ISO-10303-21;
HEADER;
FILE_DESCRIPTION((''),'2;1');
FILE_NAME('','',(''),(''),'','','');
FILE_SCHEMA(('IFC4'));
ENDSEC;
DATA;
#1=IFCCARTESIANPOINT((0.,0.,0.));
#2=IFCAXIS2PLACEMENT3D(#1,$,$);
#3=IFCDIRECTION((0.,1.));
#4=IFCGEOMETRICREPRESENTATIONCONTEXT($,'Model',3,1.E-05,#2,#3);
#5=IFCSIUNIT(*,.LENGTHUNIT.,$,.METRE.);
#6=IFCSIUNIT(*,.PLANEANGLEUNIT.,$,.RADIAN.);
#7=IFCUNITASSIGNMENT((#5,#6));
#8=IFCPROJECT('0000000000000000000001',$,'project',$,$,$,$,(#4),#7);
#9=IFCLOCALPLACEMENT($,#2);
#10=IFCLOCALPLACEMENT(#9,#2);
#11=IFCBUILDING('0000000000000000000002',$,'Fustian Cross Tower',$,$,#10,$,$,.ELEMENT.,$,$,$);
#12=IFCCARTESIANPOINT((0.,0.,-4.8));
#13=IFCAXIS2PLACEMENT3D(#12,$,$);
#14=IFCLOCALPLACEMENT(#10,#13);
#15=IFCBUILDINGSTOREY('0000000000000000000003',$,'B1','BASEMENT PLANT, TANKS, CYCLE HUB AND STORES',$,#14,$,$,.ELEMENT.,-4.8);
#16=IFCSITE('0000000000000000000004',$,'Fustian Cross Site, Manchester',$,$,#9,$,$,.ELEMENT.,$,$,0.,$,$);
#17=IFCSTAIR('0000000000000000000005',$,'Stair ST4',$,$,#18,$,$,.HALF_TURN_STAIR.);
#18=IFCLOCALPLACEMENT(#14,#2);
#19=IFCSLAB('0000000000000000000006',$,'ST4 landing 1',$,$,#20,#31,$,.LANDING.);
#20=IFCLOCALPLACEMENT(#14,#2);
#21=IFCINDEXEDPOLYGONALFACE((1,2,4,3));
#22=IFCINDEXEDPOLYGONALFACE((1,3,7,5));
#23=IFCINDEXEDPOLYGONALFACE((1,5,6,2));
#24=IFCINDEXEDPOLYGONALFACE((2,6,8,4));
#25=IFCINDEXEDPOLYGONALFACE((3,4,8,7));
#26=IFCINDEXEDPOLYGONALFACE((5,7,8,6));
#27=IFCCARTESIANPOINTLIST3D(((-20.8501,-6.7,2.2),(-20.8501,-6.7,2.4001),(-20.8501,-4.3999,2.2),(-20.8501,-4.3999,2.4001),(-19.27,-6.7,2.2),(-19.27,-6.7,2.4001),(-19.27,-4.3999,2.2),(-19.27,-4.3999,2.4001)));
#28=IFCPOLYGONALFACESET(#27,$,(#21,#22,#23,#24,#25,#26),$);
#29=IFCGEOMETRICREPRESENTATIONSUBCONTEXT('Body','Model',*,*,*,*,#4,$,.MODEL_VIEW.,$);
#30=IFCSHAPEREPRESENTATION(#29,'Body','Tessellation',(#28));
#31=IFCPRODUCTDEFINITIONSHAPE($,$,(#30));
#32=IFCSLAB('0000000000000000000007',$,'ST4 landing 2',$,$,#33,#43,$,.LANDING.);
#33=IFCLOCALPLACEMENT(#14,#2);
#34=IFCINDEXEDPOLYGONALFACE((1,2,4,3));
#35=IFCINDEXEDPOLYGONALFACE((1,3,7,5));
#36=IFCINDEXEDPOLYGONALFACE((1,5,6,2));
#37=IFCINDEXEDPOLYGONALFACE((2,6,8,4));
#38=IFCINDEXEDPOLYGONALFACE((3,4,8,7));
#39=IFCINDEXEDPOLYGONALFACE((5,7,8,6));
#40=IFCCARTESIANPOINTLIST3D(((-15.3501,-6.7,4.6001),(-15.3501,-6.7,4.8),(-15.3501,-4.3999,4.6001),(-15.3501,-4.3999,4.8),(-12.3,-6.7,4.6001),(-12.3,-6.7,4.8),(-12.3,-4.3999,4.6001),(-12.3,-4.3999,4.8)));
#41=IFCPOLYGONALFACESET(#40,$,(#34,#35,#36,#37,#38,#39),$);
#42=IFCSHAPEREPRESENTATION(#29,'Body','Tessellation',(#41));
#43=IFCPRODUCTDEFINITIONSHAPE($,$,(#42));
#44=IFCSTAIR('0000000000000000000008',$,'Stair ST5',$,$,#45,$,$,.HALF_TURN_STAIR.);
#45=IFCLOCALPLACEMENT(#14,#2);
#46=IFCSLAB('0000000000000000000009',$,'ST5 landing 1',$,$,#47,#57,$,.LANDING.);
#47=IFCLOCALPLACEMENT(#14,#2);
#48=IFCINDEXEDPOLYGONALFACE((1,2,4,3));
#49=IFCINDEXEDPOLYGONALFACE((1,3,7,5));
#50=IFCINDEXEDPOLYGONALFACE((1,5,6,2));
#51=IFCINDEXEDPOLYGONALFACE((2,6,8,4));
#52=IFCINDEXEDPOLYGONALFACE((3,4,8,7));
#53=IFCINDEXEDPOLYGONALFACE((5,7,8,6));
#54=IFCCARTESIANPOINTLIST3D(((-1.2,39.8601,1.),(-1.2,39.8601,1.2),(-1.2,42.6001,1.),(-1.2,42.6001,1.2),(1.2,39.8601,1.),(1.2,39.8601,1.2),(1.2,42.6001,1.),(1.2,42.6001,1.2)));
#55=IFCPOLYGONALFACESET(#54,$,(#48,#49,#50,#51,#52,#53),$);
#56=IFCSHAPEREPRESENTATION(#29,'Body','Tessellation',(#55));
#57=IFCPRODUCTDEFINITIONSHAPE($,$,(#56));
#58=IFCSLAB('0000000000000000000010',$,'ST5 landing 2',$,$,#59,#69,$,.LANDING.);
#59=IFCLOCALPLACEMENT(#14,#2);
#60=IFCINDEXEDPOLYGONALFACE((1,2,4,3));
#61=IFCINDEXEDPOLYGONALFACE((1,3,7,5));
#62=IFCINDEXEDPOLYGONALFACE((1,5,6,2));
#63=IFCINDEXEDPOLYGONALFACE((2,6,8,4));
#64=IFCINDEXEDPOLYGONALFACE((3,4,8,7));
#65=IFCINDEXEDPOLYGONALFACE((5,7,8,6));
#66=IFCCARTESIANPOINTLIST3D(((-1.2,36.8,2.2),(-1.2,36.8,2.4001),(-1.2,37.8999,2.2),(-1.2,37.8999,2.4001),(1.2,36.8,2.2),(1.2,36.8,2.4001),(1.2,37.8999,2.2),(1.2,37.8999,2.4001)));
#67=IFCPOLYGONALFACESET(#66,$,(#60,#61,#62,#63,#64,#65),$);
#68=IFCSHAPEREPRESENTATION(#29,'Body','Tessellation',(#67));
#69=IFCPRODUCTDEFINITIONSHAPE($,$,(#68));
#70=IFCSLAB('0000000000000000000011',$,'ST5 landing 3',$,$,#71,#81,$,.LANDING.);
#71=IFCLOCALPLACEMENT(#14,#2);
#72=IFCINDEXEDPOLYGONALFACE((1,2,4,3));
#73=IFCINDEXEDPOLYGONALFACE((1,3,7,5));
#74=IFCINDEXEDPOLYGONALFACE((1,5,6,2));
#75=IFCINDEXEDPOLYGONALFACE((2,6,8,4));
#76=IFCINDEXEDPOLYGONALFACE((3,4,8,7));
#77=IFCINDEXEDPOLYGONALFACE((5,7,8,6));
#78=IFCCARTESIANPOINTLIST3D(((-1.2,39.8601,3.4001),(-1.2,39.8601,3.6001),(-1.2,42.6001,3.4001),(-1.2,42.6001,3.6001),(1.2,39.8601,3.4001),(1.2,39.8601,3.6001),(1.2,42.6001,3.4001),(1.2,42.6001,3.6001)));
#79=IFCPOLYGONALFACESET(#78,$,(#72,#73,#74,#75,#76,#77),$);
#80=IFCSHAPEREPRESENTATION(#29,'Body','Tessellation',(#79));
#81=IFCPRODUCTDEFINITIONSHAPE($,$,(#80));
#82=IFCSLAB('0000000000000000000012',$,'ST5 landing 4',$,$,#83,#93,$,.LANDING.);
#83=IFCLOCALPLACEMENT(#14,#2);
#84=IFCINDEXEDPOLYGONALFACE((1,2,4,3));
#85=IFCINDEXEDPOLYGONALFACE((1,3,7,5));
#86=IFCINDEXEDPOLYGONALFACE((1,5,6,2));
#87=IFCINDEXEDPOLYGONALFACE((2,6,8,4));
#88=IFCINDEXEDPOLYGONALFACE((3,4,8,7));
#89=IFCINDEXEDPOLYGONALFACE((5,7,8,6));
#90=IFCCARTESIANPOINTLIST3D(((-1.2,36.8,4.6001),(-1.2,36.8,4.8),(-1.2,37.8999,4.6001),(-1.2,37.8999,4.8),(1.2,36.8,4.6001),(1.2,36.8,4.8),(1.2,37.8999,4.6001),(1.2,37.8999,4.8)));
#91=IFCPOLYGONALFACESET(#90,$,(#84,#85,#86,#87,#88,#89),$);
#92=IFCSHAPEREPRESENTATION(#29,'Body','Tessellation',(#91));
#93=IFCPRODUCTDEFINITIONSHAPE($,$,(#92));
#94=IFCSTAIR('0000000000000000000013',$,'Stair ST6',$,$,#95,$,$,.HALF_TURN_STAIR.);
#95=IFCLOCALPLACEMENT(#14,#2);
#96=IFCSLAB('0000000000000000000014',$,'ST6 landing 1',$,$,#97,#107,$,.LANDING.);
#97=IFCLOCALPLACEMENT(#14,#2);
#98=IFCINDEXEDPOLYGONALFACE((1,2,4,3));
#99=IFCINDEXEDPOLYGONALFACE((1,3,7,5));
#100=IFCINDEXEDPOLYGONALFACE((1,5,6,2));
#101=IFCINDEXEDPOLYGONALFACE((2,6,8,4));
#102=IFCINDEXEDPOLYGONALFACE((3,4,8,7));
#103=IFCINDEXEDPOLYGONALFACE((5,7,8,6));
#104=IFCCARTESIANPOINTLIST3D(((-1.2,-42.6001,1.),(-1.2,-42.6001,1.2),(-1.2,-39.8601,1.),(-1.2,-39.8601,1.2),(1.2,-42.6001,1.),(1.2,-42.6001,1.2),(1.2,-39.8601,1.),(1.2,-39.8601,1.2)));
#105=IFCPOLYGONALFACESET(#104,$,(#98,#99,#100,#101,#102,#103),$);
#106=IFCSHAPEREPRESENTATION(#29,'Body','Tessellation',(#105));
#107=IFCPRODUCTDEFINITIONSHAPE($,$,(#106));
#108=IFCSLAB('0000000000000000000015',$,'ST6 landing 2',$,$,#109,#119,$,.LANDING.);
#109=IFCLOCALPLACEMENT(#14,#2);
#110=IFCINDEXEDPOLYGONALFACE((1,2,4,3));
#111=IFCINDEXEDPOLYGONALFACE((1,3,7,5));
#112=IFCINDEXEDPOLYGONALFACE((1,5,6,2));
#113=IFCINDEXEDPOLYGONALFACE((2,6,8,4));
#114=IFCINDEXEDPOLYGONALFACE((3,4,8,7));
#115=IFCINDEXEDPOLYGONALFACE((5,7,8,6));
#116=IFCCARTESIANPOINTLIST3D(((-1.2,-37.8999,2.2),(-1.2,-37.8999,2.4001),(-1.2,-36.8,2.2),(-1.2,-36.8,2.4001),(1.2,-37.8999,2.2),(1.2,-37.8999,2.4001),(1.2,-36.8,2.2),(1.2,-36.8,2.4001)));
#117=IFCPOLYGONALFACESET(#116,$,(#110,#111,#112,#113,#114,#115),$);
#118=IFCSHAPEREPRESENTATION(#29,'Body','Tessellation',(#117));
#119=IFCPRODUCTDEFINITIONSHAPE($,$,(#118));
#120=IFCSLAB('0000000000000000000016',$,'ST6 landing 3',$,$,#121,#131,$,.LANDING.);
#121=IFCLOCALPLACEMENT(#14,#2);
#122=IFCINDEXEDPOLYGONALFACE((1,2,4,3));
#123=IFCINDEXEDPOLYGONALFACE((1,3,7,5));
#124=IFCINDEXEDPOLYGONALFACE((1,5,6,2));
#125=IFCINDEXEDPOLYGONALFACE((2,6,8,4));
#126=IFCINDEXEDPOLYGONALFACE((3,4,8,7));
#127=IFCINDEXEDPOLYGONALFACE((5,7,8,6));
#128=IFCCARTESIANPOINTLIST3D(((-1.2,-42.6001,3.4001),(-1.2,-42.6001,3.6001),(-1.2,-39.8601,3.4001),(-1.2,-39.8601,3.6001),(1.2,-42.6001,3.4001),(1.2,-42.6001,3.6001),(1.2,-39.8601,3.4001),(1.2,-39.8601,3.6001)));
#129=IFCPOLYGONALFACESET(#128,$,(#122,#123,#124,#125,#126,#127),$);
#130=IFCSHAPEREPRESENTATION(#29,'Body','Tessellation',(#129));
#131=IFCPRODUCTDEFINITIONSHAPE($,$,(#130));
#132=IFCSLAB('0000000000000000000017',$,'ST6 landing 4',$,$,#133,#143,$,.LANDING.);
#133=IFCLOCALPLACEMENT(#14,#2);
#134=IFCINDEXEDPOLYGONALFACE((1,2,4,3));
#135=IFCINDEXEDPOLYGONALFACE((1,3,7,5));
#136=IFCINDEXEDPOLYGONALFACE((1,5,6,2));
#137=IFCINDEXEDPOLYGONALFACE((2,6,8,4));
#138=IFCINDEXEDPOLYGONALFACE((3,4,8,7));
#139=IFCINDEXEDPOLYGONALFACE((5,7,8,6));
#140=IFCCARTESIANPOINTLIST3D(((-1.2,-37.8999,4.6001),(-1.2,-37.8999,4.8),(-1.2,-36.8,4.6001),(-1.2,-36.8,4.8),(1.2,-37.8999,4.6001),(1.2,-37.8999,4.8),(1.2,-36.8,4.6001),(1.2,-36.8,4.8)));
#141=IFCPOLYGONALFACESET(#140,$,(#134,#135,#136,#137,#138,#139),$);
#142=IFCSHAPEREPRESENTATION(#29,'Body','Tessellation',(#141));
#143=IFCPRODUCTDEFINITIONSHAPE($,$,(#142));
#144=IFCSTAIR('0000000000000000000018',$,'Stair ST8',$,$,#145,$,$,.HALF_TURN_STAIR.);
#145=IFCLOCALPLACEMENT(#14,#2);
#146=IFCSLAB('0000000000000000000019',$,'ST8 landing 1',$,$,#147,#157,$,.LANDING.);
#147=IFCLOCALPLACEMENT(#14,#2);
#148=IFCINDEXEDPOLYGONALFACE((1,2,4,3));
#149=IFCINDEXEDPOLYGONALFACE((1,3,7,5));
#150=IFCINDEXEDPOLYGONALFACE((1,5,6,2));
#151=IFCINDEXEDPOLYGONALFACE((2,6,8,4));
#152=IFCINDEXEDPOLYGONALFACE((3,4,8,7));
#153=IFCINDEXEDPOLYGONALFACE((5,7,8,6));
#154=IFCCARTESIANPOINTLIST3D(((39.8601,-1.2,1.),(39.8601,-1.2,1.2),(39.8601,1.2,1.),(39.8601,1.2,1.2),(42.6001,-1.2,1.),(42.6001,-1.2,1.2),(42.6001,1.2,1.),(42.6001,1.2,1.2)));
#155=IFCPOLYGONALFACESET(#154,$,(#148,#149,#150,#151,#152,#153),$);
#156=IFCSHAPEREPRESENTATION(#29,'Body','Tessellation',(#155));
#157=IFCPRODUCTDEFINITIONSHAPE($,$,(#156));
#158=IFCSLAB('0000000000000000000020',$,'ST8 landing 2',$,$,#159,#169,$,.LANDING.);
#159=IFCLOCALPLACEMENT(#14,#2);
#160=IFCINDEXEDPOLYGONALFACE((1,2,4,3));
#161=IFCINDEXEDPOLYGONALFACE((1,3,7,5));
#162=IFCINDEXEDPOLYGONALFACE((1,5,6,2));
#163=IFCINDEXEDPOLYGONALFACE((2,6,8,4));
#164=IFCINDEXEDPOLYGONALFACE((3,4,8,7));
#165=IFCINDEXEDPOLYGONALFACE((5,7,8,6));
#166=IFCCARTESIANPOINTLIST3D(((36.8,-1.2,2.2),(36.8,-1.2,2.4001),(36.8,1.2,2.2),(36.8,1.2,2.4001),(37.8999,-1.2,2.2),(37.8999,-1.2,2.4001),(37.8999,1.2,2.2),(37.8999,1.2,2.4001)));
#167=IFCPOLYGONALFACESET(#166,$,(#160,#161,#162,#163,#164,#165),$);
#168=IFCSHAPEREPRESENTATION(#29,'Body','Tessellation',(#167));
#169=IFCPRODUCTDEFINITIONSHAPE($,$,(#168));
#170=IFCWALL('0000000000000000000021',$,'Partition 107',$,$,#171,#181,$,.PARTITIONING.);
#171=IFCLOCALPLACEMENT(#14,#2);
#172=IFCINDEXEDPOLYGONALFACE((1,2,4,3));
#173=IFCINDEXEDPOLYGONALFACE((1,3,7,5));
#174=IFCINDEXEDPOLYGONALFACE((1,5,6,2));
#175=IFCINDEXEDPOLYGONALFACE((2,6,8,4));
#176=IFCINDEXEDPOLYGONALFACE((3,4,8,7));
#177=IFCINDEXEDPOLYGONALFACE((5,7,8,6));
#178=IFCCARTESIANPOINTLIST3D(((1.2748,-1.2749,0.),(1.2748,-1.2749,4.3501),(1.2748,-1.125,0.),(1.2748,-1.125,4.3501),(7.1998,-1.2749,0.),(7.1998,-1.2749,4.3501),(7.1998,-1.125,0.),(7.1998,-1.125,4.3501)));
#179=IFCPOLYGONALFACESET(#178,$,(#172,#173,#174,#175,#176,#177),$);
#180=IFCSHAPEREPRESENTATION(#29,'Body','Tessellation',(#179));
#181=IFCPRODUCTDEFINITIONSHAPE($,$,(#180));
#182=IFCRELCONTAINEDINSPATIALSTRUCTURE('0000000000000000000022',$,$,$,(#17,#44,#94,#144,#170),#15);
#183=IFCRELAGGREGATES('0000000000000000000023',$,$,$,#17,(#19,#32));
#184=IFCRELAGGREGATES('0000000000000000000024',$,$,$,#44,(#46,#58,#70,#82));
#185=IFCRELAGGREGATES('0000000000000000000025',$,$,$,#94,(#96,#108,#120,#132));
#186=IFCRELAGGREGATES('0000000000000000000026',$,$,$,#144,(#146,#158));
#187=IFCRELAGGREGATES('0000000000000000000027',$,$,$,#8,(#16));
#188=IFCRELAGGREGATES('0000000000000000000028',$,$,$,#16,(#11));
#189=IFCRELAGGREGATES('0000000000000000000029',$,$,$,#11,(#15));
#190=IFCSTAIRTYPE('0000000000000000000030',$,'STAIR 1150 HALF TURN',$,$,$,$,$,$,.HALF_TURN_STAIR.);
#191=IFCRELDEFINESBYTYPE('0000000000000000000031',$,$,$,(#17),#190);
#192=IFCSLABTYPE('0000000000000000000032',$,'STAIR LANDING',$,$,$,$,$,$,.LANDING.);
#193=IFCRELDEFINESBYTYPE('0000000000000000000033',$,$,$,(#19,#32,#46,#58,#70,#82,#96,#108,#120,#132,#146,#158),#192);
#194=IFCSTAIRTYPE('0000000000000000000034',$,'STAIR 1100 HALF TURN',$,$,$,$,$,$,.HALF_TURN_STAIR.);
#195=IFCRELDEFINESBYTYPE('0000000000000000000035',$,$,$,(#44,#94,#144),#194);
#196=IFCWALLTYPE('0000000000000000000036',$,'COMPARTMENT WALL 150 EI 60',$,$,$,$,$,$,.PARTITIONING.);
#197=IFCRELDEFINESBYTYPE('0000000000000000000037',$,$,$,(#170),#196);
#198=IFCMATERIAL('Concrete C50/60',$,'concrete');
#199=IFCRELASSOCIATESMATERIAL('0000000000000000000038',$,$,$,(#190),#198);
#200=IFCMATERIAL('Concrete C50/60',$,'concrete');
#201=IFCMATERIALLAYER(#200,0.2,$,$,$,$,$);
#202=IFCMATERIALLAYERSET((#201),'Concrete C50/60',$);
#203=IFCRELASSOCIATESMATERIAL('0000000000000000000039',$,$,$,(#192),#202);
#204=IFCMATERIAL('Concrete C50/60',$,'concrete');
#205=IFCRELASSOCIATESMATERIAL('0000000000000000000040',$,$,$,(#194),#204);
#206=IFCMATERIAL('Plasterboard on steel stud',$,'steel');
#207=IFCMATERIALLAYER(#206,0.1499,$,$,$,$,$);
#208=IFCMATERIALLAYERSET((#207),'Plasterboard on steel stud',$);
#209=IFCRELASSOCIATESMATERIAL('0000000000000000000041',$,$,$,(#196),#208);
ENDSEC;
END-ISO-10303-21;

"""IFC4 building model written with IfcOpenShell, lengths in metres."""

from ifc_helpers import new_model, si_unit, direction, frame, frame_2d, origin, place, context, subcontext, project, spatial, polyline, rectangle, outline, extrude, material, layer, layer_set, type_object, element, aggregate, save


model = new_model("IFC4")

# Units and contexts
model_context = context("Model", 3, precision=1e-05, world=origin(), true_north=direction((0.0, 1.0)))
body_context = subcontext(model_context, "Body", "Model", "MODEL_VIEW")
ifc_project = project(units=[si_unit("LENGTHUNIT", "METRE"), si_unit("PLANEANGLEUNIT", "RADIAN")], contexts=[model_context])

# Site, building, storey
site_placement = place(None, origin())
site = spatial("IfcSite", under=ifc_project, at=site_placement, Name="Fustian Cross Site, Manchester", CompositionType="ELEMENT", RefElevation=0.0)
building_placement = place(site_placement, origin())
building = spatial("IfcBuilding", under=site, at=building_placement, Name="Fustian Cross Tower", CompositionType="ELEMENT")
storey_placement = place(building_placement, frame((0.0, 0.0, -4.8)))
storey = spatial("IfcBuildingStorey", under=building, at=storey_placement, Name="B1", Description="BASEMENT PLANT, TANKS, CYCLE HUB AND STORES", CompositionType="ELEMENT", Elevation=-4.8)

# Shared definitions
ifc_material_1 = material(Name="Concrete C50/60", Category="concrete")
stair_type_1 = type_object("IfcStairType", Name="STAIR 1150 HALF TURN", PredefinedType="HALF_TURN_STAIR", material=ifc_material_1)
ifc_material_2 = material(Name="Concrete C50/60", Category="concrete")
ifc_layer_1 = layer(ifc_material_2, 0.2)
ifc_layer_set_1 = layer_set([ifc_layer_1], Name="Concrete C50/60")
slab_type = type_object("IfcSlabType", Name="STAIR LANDING", PredefinedType="LANDING", material=ifc_layer_set_1)

# Stairs, slabs
stair_1_placement = place(storey_placement, origin())
stair_1 = element("IfcStair", 1, at=stair_1_placement, inside=storey, type_object=stair_type_1, Name="Stair ST4", PredefinedType="HALF_TURN_STAIR")
slab_1_placement = place(storey_placement, frame((0.0, 0.0, 2.2)))
slab_1 = element("IfcSlab", 2, at=slab_1_placement, type_object=slab_type, Name="ST4 landing 1", PredefinedType="LANDING", context=body_context, shape_type="SweptSolid", body=[
    extrude(outline(polyline([(-19.27, -4.3999), (-20.8501, -4.3999), (-20.8501, -6.7), (-19.27, -6.7), (-19.27, -4.3999)])), origin(), (0.0, 0.0, 1.0), 0.2002),
])
slab_2_placement = place(storey_placement, frame((0.0, 0.0, 4.6001)))
slab_2 = element("IfcSlab", 3, at=slab_2_placement, type_object=slab_type, Name="ST4 landing 2", PredefinedType="LANDING", context=body_context, shape_type="SweptSolid", body=[
    extrude(outline(polyline([(-12.3, -4.3999), (-15.3501, -4.3999), (-15.3501, -6.7), (-12.3, -6.7), (-12.3, -4.3999)])), origin(), (0.0, 0.0, 1.0), 0.2),
])
aggregate(stair_1, [slab_1, slab_2])
ifc_material_3 = material(Name="Concrete C50/60", Category="concrete")
stair_type_2 = type_object("IfcStairType", Name="STAIR 1100 HALF TURN", PredefinedType="HALF_TURN_STAIR", material=ifc_material_3)
stair_2_placement = place(storey_placement, origin())
stair_2 = element("IfcStair", 4, at=stair_2_placement, inside=storey, type_object=stair_type_2, Name="Stair ST5", PredefinedType="HALF_TURN_STAIR")
slab_3_placement = place(storey_placement, frame((0.0, 0.0, 1.0)))
slab_3 = element("IfcSlab", 5, at=slab_3_placement, type_object=slab_type, Name="ST5 landing 1", PredefinedType="LANDING", context=body_context, shape_type="SweptSolid", body=[
    extrude(outline(polyline([(-1.2, 39.8601), (-1.2, 42.6001), (1.2, 42.6001), (1.2, 39.8601), (-1.2, 39.8601)])), origin(), (0.0, 0.0, 1.0), 0.2),
])
slab_4_placement = place(storey_placement, frame((0.0, 0.0, 2.2)))
slab_4 = element("IfcSlab", 6, at=slab_4_placement, type_object=slab_type, Name="ST5 landing 2", PredefinedType="LANDING", context=body_context, shape_type="SweptSolid", body=[
    extrude(outline(polyline([(-1.2, 36.8), (-1.2, 37.8999), (1.2, 37.8999), (1.2, 36.8), (-1.2, 36.8)])), origin(), (0.0, 0.0, 1.0), 0.2002),
])
slab_5_placement = place(storey_placement, frame((0.0, 0.0, 3.4001)))
slab_5 = element("IfcSlab", 7, at=slab_5_placement, type_object=slab_type, Name="ST5 landing 3", PredefinedType="LANDING", context=body_context, shape_type="SweptSolid", body=[
    extrude(outline(polyline([(-1.2, 39.8601), (-1.2, 42.6001), (1.2, 42.6001), (1.2, 39.8601), (-1.2, 39.8601)])), origin(), (0.0, 0.0, 1.0), 0.2),
])
slab_6_placement = place(storey_placement, frame((0.0, 0.0, 4.6001)))
slab_6 = element("IfcSlab", 8, at=slab_6_placement, type_object=slab_type, Name="ST5 landing 4", PredefinedType="LANDING", context=body_context, shape_type="SweptSolid", body=[
    extrude(outline(polyline([(-1.2, 36.8), (-1.2, 37.8999), (1.2, 37.8999), (1.2, 36.8), (-1.2, 36.8)])), origin(), (0.0, 0.0, 1.0), 0.2),
])
aggregate(stair_2, [slab_3, slab_4, slab_5, slab_6])
stair_3_placement = place(storey_placement, origin())
stair_3 = element("IfcStair", 9, at=stair_3_placement, inside=storey, type_object=stair_type_2, Name="Stair ST6", PredefinedType="HALF_TURN_STAIR")
slab_7_placement = place(storey_placement, frame((0.0, 0.0, 1.0)))
slab_7 = element("IfcSlab", 10, at=slab_7_placement, type_object=slab_type, Name="ST6 landing 1", PredefinedType="LANDING", context=body_context, shape_type="SweptSolid", body=[
    extrude(outline(polyline([(-1.2, -39.8601), (-1.2, -42.6001), (1.2, -42.6001), (1.2, -39.8601), (-1.2, -39.8601)])), origin(), (0.0, 0.0, 1.0), 0.2),
])
slab_8_placement = place(storey_placement, frame((0.0, 0.0, 2.2)))
slab_8 = element("IfcSlab", 11, at=slab_8_placement, type_object=slab_type, Name="ST6 landing 2", PredefinedType="LANDING", context=body_context, shape_type="SweptSolid", body=[
    extrude(outline(polyline([(-1.2, -36.8), (-1.2, -37.8999), (1.2, -37.8999), (1.2, -36.8), (-1.2, -36.8)])), origin(), (0.0, 0.0, 1.0), 0.2002),
])
slab_9_placement = place(storey_placement, frame((0.0, 0.0, 3.4001)))
slab_9 = element("IfcSlab", 12, at=slab_9_placement, type_object=slab_type, Name="ST6 landing 3", PredefinedType="LANDING", context=body_context, shape_type="SweptSolid", body=[
    extrude(outline(polyline([(-1.2, -39.8601), (-1.2, -42.6001), (1.2, -42.6001), (1.2, -39.8601), (-1.2, -39.8601)])), origin(), (0.0, 0.0, 1.0), 0.2),
])
slab_10_placement = place(storey_placement, frame((0.0, 0.0, 4.6001)))
slab_10 = element("IfcSlab", 13, at=slab_10_placement, type_object=slab_type, Name="ST6 landing 4", PredefinedType="LANDING", context=body_context, shape_type="SweptSolid", body=[
    extrude(outline(polyline([(-1.2, -36.8), (-1.2, -37.8999), (1.2, -37.8999), (1.2, -36.8), (-1.2, -36.8)])), origin(), (0.0, 0.0, 1.0), 0.2),
])
aggregate(stair_3, [slab_7, slab_8, slab_9, slab_10])
stair_4_placement = place(storey_placement, origin())
stair_4 = element("IfcStair", 14, at=stair_4_placement, inside=storey, type_object=stair_type_2, Name="Stair ST8", PredefinedType="HALF_TURN_STAIR")
slab_11_placement = place(storey_placement, frame((0.0, 0.0, 1.0)))
slab_11 = element("IfcSlab", 15, at=slab_11_placement, type_object=slab_type, Name="ST8 landing 1", PredefinedType="LANDING", context=body_context, shape_type="SweptSolid", body=[
    extrude(outline(polyline([(39.8601, -1.2), (42.6001, -1.2), (42.6001, 1.2), (39.8601, 1.2), (39.8601, -1.2)])), origin(), (0.0, 0.0, 1.0), 0.2),
])
slab_12_placement = place(storey_placement, frame((0.0, 0.0, 2.2)))
slab_12 = element("IfcSlab", 16, at=slab_12_placement, type_object=slab_type, Name="ST8 landing 2", PredefinedType="LANDING", context=body_context, shape_type="SweptSolid", body=[
    extrude(outline(polyline([(36.8, -1.2), (37.8999, -1.2), (37.8999, 1.2), (36.8, 1.2), (36.8, -1.2)])), origin(), (0.0, 0.0, 1.0), 0.2002),
])
aggregate(stair_4, [slab_11, slab_12])

# Wall
ifc_material_4 = material(Name="Plasterboard on steel stud", Category="steel")
ifc_layer_2 = layer(ifc_material_4, 0.1499)
ifc_layer_set_2 = layer_set([ifc_layer_2], Name="Plasterboard on steel stud")
wall_type_1 = type_object("IfcWallType", Name="COMPARTMENT WALL 150 EI 60", PredefinedType="PARTITIONING", material=ifc_layer_set_2)
wall_1_placement = place(storey_placement, frame((1.2749, -1.2, 0.0), z_axis=(0.0, 0.0, 1.0), x_axis=(1.0, 0.0, 0.0)))
element("IfcWall", 17, at=wall_1_placement, inside=storey, type_object=wall_type_1, Name="Partition 107", PredefinedType="PARTITIONING", context=body_context, shape_type="SweptSolid", body=[
    extrude(rectangle(XDim=5.925, YDim=0.1499, at=frame_2d((2.9624, 0.0))), origin(), (0.0, 0.0, 1.0), 4.3501),
])

save(model, "model.ifc")
